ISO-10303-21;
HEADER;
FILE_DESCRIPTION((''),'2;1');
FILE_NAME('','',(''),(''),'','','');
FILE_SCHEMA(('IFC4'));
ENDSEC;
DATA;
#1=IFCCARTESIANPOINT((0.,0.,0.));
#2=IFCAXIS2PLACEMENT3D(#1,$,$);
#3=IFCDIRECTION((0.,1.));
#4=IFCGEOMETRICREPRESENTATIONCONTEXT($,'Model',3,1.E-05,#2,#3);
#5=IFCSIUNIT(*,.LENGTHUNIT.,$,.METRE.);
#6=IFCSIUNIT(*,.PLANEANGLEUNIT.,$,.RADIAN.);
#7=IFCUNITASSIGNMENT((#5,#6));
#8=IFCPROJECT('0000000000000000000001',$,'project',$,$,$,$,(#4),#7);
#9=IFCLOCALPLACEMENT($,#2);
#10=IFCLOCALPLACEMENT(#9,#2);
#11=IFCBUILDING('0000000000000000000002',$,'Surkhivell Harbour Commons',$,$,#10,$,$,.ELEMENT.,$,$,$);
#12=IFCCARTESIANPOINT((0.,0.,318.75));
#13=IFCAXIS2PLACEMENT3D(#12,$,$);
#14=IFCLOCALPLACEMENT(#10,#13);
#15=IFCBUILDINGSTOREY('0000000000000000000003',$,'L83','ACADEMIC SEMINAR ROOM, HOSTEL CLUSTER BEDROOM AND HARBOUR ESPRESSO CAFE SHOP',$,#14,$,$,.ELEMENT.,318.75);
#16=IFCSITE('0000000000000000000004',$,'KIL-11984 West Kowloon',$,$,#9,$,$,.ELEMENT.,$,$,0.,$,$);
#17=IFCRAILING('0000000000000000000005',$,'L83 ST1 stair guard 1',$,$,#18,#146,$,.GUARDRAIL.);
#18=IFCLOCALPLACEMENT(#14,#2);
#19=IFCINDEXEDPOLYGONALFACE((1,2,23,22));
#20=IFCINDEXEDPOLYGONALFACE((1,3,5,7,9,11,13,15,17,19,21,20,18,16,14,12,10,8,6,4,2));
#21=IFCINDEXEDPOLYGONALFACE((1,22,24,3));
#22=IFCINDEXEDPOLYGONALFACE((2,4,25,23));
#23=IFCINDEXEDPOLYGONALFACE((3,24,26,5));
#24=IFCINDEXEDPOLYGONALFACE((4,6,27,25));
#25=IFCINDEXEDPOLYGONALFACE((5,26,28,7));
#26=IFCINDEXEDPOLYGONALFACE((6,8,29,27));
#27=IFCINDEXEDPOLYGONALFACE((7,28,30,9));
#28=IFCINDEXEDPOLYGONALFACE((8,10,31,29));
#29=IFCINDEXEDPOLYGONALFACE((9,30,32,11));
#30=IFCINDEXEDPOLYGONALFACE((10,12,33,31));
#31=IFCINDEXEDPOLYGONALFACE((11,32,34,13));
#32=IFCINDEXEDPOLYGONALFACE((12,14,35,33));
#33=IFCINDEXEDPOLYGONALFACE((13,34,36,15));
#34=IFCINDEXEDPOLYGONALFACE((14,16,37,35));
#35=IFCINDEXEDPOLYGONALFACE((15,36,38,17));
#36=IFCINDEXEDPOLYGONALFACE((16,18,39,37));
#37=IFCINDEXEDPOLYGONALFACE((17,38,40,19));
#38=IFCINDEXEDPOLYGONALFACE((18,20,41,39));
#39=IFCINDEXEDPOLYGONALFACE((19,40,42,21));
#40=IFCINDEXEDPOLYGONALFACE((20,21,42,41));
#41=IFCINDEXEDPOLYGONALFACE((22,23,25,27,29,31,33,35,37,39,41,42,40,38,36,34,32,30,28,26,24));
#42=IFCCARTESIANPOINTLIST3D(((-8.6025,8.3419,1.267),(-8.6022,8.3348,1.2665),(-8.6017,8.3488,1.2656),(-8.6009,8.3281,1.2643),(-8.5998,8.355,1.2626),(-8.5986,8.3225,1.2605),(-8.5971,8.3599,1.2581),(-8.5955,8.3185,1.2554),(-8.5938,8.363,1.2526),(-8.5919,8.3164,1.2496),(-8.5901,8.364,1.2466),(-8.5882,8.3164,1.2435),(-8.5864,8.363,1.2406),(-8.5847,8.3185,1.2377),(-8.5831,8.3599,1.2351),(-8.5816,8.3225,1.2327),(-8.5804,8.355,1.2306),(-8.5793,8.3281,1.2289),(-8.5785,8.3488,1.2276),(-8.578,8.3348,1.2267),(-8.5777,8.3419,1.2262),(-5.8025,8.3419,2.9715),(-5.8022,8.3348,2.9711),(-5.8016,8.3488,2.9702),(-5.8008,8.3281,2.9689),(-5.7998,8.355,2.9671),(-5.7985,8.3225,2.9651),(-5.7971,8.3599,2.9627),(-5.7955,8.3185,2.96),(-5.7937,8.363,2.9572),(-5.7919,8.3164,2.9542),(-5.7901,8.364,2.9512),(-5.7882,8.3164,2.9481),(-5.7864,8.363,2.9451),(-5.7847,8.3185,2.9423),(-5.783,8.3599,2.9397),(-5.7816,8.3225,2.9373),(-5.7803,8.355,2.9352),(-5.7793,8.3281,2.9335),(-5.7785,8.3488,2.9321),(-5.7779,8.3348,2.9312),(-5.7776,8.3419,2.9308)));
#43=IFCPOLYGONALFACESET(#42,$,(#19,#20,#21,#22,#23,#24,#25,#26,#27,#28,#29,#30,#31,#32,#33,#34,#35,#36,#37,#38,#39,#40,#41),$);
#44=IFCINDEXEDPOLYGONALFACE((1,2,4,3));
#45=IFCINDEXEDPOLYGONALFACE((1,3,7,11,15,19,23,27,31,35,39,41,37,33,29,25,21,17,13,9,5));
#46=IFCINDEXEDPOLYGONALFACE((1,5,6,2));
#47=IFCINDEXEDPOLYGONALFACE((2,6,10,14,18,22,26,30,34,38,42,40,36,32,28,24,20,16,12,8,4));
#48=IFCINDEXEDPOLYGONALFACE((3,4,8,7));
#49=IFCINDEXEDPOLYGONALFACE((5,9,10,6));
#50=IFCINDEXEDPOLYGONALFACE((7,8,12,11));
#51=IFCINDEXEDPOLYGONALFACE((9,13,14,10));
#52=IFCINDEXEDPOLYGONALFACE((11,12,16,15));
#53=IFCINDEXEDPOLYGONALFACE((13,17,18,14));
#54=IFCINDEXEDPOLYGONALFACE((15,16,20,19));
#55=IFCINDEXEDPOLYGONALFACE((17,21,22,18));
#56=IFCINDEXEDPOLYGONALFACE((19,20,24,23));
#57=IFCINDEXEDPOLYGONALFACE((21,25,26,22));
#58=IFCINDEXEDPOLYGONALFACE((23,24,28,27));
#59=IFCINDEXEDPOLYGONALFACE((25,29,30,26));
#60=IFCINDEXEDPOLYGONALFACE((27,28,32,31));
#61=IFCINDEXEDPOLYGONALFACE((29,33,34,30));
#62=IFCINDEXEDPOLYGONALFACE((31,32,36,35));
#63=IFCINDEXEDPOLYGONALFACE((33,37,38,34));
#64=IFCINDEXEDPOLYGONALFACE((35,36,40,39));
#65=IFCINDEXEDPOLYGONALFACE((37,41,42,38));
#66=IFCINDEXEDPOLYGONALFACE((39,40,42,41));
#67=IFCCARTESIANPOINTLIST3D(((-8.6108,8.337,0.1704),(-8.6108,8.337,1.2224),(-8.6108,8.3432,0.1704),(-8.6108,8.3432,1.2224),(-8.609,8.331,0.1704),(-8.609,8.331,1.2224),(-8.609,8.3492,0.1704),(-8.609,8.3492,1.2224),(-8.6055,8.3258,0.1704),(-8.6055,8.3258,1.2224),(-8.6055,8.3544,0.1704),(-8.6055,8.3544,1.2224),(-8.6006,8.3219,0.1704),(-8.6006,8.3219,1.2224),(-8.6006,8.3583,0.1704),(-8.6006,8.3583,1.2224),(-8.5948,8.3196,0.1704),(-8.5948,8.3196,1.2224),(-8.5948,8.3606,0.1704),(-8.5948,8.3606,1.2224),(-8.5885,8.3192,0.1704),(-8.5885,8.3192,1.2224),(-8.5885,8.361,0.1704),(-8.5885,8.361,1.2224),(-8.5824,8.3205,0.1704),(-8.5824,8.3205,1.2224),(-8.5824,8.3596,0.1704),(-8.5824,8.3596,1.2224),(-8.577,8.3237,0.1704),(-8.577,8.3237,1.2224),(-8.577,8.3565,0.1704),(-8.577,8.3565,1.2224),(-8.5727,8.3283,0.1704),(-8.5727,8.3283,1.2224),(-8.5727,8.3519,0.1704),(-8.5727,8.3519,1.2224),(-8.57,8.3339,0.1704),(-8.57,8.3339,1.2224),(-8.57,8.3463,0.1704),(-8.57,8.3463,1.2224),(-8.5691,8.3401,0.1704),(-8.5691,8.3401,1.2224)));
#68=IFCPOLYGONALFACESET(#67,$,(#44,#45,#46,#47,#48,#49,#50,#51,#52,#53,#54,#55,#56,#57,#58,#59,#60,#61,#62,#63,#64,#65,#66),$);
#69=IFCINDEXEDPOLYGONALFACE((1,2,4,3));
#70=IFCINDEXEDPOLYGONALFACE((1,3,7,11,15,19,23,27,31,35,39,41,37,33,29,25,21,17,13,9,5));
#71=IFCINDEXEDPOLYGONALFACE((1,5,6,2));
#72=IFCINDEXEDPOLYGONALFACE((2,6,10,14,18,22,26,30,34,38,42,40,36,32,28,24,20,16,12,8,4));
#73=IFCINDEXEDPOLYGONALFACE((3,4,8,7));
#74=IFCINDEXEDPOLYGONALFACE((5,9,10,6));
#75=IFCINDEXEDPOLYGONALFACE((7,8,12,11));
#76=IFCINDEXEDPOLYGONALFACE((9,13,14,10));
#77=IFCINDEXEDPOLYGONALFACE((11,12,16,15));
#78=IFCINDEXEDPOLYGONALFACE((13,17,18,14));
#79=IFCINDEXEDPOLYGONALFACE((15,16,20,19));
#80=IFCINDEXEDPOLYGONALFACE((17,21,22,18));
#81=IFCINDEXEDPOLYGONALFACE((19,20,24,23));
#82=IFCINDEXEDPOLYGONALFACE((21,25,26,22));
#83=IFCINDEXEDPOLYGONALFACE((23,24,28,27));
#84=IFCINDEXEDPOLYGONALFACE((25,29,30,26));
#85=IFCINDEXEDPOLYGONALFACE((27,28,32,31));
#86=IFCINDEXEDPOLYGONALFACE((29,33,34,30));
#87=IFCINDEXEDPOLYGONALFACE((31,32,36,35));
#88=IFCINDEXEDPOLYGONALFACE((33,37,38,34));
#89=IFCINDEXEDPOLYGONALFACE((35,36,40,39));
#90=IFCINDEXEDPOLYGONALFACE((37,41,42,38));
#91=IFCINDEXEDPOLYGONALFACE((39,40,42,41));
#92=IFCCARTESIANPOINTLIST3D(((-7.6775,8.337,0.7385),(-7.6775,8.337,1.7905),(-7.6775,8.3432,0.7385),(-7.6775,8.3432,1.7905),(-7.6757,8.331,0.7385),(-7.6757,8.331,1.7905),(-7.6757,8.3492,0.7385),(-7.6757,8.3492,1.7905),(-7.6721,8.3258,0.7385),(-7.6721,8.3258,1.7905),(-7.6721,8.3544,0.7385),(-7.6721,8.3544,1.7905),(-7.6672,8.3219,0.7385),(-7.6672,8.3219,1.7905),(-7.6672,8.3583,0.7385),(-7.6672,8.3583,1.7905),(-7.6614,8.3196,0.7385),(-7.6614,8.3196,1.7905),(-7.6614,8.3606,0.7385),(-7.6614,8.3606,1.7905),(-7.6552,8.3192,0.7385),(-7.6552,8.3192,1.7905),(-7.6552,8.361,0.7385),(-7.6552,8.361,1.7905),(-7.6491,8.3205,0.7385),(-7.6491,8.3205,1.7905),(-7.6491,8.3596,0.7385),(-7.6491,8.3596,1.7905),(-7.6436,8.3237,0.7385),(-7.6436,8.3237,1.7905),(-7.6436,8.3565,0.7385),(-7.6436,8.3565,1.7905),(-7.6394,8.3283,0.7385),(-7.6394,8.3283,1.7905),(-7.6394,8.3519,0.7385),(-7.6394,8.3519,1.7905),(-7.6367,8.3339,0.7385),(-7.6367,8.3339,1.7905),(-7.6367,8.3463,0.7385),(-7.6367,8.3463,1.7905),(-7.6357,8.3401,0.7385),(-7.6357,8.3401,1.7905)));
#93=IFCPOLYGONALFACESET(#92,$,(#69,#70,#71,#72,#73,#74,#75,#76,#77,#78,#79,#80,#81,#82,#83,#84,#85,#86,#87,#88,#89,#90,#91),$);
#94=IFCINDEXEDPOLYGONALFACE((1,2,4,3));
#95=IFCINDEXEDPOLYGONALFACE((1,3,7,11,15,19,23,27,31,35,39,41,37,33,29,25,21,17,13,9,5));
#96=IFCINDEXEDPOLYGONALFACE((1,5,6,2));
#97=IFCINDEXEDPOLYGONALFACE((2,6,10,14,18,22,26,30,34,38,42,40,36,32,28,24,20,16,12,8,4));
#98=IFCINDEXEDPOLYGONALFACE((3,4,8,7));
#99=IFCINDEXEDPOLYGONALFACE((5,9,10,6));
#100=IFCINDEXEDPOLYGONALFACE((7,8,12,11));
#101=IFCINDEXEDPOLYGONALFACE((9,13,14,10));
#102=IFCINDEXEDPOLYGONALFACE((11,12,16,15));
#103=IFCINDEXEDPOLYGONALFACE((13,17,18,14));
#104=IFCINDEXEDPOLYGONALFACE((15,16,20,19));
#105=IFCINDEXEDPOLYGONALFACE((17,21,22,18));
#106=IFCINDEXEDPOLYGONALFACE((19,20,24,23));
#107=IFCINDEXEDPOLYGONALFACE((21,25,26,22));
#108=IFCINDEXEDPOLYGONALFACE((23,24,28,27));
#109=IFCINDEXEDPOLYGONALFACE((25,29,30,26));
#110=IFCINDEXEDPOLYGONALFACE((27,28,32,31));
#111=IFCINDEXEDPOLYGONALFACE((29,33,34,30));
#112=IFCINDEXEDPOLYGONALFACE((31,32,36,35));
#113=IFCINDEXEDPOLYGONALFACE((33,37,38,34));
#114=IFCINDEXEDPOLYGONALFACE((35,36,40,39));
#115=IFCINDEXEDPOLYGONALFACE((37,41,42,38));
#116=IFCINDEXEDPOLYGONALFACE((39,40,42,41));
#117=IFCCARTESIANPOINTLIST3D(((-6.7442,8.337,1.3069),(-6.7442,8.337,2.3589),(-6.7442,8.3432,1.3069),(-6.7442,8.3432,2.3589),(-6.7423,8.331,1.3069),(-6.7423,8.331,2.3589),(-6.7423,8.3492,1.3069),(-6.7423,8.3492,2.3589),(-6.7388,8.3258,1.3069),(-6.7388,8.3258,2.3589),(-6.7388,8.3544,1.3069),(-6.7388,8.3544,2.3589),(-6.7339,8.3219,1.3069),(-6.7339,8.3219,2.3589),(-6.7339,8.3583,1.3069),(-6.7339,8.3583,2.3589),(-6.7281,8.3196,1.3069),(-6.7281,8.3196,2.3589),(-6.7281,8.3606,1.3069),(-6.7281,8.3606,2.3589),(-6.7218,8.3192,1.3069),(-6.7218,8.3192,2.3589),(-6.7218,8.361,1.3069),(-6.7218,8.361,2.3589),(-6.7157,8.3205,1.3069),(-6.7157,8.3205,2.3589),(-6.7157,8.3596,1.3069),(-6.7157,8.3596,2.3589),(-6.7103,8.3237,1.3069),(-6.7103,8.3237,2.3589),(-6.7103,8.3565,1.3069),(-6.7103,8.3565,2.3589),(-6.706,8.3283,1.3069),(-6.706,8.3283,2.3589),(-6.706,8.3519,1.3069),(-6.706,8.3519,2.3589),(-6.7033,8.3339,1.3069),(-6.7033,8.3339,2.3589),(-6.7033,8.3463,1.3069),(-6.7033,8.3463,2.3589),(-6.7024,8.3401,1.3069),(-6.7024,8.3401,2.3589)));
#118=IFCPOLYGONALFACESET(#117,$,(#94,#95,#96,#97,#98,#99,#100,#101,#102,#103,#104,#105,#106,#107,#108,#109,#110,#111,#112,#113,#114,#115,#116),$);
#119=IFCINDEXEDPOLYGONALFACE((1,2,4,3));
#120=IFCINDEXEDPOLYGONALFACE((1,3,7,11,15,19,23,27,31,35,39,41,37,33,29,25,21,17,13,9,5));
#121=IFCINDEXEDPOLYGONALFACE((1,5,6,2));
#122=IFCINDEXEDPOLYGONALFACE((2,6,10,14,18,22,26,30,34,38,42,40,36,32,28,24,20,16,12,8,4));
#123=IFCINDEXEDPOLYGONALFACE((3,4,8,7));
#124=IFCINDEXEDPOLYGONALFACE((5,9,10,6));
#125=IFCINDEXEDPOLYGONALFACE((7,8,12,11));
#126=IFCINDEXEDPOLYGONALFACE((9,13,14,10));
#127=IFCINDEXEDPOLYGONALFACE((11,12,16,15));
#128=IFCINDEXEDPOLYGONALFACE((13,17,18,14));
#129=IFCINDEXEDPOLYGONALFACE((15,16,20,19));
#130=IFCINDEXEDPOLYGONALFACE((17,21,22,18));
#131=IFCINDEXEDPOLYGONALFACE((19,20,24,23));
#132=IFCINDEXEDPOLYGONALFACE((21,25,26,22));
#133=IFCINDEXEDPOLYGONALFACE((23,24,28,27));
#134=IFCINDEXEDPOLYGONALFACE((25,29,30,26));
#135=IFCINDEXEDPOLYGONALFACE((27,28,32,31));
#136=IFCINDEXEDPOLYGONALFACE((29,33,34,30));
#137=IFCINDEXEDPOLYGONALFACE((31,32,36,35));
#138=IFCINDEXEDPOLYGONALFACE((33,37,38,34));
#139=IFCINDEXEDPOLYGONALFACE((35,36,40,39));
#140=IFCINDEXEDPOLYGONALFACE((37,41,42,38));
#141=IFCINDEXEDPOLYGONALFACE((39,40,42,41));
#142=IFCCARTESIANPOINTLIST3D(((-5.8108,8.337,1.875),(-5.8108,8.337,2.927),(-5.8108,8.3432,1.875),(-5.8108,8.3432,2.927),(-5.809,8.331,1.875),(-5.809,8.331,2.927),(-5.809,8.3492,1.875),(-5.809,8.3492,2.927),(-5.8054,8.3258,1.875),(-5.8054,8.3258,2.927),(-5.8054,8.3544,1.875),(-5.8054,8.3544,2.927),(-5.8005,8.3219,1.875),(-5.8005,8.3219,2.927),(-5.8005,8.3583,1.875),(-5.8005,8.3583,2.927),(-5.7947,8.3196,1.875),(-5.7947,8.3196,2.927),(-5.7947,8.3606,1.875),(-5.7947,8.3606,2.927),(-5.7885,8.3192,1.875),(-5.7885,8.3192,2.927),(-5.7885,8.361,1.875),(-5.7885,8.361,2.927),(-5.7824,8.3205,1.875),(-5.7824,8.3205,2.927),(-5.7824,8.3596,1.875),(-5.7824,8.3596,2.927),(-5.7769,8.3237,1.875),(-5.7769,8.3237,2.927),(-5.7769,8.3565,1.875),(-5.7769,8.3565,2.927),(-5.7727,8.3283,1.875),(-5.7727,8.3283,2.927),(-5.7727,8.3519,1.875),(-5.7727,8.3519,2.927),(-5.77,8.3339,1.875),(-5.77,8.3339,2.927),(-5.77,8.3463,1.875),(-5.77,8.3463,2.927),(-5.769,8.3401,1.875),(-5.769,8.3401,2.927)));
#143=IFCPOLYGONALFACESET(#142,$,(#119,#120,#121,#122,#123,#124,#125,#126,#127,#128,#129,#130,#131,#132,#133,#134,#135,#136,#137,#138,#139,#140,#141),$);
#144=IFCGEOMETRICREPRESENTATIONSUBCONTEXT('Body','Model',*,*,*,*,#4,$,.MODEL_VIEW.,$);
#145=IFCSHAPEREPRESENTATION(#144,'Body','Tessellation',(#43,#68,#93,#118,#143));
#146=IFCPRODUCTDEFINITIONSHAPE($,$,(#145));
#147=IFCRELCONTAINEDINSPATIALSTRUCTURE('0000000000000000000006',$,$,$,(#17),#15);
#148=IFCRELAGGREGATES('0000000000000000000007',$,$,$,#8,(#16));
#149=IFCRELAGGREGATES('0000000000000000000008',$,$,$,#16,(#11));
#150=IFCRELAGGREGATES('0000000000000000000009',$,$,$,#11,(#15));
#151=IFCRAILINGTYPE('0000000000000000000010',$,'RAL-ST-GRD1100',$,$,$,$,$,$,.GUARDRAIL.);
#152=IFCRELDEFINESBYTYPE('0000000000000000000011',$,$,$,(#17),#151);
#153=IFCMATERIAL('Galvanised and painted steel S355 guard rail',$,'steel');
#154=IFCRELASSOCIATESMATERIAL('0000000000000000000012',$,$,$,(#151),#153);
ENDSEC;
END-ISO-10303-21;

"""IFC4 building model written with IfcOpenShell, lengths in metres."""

from ifc_helpers import new_model, si_unit, direction, frame, origin, origin_2d, place, context, subcontext, project, spatial, circle, extrude, material, type_object, element, save


model = new_model("IFC4")

# Units and contexts
model_context = context("Model", 3, precision=1e-05, world=origin(), true_north=direction((0.0, 1.0)))
body_context = subcontext(model_context, "Body", "Model", "MODEL_VIEW")
ifc_project = project(units=[si_unit("LENGTHUNIT", "METRE"), si_unit("PLANEANGLEUNIT", "RADIAN")], contexts=[model_context])

# Site, building, storey
site_placement = place(None, origin())
site = spatial("IfcSite", under=ifc_project, at=site_placement, Name="KIL-11984 West Kowloon", CompositionType="ELEMENT", RefElevation=0.0)
building_placement = place(site_placement, origin())
building = spatial("IfcBuilding", under=site, at=building_placement, Name="Surkhivell Harbour Commons", CompositionType="ELEMENT")
storey_placement = place(building_placement, frame((0.0, 0.0, 318.75)))
storey = spatial("IfcBuildingStorey", under=building, at=storey_placement, Name="L83", Description="ACADEMIC SEMINAR ROOM, HOSTEL CLUSTER BEDROOM AND HARBOUR ESPRESSO CAFE SHOP", CompositionType="ELEMENT", Elevation=318.75)

# Railing
ifc_material_1 = material(Name="Galvanised and painted steel S355 guard rail", Category="steel")
railing_type_1 = type_object("IfcRailingType", Name="RAL-ST-GRD1100", PredefinedType="GUARDRAIL", material=ifc_material_1)
railing_1_placement = place(storey_placement, frame((-8.5901, 8.3401, 0.1704)))
element("IfcRailing", 1, at=railing_1_placement, inside=storey, type_object=railing_type_1, Name="L83 ST1 stair guard 1", PredefinedType="GUARDRAIL", context=body_context, shape_type="SweptSolid", body=[
    extrude(circle(Radius=0.0239, at=origin_2d()), frame((0.0, 0.0, 1.0762), z_axis=(0.85417, 0.0, 0.519994), x_axis=(0.0, 1.0, 0.0)), (0.0, 0.0, 1.0), 3.2781),
    extrude(circle(Radius=0.021, at=origin_2d()), origin(), (0.0, 0.0, 1.0), 1.052),
    extrude(circle(Radius=0.021, at=origin_2d()), frame((0.9333, 0.0, 0.5681)), (0.0, 0.0, 1.0), 1.052),
    extrude(circle(Radius=0.021, at=origin_2d()), frame((1.8667, 0.0, 1.1365)), (0.0, 0.0, 1.0), 1.052),
    extrude(circle(Radius=0.021, at=origin_2d()), frame((2.8, 0.0, 1.7046)), (0.0, 0.0, 1.0), 1.052),
])

save(model, "model.ifc")
